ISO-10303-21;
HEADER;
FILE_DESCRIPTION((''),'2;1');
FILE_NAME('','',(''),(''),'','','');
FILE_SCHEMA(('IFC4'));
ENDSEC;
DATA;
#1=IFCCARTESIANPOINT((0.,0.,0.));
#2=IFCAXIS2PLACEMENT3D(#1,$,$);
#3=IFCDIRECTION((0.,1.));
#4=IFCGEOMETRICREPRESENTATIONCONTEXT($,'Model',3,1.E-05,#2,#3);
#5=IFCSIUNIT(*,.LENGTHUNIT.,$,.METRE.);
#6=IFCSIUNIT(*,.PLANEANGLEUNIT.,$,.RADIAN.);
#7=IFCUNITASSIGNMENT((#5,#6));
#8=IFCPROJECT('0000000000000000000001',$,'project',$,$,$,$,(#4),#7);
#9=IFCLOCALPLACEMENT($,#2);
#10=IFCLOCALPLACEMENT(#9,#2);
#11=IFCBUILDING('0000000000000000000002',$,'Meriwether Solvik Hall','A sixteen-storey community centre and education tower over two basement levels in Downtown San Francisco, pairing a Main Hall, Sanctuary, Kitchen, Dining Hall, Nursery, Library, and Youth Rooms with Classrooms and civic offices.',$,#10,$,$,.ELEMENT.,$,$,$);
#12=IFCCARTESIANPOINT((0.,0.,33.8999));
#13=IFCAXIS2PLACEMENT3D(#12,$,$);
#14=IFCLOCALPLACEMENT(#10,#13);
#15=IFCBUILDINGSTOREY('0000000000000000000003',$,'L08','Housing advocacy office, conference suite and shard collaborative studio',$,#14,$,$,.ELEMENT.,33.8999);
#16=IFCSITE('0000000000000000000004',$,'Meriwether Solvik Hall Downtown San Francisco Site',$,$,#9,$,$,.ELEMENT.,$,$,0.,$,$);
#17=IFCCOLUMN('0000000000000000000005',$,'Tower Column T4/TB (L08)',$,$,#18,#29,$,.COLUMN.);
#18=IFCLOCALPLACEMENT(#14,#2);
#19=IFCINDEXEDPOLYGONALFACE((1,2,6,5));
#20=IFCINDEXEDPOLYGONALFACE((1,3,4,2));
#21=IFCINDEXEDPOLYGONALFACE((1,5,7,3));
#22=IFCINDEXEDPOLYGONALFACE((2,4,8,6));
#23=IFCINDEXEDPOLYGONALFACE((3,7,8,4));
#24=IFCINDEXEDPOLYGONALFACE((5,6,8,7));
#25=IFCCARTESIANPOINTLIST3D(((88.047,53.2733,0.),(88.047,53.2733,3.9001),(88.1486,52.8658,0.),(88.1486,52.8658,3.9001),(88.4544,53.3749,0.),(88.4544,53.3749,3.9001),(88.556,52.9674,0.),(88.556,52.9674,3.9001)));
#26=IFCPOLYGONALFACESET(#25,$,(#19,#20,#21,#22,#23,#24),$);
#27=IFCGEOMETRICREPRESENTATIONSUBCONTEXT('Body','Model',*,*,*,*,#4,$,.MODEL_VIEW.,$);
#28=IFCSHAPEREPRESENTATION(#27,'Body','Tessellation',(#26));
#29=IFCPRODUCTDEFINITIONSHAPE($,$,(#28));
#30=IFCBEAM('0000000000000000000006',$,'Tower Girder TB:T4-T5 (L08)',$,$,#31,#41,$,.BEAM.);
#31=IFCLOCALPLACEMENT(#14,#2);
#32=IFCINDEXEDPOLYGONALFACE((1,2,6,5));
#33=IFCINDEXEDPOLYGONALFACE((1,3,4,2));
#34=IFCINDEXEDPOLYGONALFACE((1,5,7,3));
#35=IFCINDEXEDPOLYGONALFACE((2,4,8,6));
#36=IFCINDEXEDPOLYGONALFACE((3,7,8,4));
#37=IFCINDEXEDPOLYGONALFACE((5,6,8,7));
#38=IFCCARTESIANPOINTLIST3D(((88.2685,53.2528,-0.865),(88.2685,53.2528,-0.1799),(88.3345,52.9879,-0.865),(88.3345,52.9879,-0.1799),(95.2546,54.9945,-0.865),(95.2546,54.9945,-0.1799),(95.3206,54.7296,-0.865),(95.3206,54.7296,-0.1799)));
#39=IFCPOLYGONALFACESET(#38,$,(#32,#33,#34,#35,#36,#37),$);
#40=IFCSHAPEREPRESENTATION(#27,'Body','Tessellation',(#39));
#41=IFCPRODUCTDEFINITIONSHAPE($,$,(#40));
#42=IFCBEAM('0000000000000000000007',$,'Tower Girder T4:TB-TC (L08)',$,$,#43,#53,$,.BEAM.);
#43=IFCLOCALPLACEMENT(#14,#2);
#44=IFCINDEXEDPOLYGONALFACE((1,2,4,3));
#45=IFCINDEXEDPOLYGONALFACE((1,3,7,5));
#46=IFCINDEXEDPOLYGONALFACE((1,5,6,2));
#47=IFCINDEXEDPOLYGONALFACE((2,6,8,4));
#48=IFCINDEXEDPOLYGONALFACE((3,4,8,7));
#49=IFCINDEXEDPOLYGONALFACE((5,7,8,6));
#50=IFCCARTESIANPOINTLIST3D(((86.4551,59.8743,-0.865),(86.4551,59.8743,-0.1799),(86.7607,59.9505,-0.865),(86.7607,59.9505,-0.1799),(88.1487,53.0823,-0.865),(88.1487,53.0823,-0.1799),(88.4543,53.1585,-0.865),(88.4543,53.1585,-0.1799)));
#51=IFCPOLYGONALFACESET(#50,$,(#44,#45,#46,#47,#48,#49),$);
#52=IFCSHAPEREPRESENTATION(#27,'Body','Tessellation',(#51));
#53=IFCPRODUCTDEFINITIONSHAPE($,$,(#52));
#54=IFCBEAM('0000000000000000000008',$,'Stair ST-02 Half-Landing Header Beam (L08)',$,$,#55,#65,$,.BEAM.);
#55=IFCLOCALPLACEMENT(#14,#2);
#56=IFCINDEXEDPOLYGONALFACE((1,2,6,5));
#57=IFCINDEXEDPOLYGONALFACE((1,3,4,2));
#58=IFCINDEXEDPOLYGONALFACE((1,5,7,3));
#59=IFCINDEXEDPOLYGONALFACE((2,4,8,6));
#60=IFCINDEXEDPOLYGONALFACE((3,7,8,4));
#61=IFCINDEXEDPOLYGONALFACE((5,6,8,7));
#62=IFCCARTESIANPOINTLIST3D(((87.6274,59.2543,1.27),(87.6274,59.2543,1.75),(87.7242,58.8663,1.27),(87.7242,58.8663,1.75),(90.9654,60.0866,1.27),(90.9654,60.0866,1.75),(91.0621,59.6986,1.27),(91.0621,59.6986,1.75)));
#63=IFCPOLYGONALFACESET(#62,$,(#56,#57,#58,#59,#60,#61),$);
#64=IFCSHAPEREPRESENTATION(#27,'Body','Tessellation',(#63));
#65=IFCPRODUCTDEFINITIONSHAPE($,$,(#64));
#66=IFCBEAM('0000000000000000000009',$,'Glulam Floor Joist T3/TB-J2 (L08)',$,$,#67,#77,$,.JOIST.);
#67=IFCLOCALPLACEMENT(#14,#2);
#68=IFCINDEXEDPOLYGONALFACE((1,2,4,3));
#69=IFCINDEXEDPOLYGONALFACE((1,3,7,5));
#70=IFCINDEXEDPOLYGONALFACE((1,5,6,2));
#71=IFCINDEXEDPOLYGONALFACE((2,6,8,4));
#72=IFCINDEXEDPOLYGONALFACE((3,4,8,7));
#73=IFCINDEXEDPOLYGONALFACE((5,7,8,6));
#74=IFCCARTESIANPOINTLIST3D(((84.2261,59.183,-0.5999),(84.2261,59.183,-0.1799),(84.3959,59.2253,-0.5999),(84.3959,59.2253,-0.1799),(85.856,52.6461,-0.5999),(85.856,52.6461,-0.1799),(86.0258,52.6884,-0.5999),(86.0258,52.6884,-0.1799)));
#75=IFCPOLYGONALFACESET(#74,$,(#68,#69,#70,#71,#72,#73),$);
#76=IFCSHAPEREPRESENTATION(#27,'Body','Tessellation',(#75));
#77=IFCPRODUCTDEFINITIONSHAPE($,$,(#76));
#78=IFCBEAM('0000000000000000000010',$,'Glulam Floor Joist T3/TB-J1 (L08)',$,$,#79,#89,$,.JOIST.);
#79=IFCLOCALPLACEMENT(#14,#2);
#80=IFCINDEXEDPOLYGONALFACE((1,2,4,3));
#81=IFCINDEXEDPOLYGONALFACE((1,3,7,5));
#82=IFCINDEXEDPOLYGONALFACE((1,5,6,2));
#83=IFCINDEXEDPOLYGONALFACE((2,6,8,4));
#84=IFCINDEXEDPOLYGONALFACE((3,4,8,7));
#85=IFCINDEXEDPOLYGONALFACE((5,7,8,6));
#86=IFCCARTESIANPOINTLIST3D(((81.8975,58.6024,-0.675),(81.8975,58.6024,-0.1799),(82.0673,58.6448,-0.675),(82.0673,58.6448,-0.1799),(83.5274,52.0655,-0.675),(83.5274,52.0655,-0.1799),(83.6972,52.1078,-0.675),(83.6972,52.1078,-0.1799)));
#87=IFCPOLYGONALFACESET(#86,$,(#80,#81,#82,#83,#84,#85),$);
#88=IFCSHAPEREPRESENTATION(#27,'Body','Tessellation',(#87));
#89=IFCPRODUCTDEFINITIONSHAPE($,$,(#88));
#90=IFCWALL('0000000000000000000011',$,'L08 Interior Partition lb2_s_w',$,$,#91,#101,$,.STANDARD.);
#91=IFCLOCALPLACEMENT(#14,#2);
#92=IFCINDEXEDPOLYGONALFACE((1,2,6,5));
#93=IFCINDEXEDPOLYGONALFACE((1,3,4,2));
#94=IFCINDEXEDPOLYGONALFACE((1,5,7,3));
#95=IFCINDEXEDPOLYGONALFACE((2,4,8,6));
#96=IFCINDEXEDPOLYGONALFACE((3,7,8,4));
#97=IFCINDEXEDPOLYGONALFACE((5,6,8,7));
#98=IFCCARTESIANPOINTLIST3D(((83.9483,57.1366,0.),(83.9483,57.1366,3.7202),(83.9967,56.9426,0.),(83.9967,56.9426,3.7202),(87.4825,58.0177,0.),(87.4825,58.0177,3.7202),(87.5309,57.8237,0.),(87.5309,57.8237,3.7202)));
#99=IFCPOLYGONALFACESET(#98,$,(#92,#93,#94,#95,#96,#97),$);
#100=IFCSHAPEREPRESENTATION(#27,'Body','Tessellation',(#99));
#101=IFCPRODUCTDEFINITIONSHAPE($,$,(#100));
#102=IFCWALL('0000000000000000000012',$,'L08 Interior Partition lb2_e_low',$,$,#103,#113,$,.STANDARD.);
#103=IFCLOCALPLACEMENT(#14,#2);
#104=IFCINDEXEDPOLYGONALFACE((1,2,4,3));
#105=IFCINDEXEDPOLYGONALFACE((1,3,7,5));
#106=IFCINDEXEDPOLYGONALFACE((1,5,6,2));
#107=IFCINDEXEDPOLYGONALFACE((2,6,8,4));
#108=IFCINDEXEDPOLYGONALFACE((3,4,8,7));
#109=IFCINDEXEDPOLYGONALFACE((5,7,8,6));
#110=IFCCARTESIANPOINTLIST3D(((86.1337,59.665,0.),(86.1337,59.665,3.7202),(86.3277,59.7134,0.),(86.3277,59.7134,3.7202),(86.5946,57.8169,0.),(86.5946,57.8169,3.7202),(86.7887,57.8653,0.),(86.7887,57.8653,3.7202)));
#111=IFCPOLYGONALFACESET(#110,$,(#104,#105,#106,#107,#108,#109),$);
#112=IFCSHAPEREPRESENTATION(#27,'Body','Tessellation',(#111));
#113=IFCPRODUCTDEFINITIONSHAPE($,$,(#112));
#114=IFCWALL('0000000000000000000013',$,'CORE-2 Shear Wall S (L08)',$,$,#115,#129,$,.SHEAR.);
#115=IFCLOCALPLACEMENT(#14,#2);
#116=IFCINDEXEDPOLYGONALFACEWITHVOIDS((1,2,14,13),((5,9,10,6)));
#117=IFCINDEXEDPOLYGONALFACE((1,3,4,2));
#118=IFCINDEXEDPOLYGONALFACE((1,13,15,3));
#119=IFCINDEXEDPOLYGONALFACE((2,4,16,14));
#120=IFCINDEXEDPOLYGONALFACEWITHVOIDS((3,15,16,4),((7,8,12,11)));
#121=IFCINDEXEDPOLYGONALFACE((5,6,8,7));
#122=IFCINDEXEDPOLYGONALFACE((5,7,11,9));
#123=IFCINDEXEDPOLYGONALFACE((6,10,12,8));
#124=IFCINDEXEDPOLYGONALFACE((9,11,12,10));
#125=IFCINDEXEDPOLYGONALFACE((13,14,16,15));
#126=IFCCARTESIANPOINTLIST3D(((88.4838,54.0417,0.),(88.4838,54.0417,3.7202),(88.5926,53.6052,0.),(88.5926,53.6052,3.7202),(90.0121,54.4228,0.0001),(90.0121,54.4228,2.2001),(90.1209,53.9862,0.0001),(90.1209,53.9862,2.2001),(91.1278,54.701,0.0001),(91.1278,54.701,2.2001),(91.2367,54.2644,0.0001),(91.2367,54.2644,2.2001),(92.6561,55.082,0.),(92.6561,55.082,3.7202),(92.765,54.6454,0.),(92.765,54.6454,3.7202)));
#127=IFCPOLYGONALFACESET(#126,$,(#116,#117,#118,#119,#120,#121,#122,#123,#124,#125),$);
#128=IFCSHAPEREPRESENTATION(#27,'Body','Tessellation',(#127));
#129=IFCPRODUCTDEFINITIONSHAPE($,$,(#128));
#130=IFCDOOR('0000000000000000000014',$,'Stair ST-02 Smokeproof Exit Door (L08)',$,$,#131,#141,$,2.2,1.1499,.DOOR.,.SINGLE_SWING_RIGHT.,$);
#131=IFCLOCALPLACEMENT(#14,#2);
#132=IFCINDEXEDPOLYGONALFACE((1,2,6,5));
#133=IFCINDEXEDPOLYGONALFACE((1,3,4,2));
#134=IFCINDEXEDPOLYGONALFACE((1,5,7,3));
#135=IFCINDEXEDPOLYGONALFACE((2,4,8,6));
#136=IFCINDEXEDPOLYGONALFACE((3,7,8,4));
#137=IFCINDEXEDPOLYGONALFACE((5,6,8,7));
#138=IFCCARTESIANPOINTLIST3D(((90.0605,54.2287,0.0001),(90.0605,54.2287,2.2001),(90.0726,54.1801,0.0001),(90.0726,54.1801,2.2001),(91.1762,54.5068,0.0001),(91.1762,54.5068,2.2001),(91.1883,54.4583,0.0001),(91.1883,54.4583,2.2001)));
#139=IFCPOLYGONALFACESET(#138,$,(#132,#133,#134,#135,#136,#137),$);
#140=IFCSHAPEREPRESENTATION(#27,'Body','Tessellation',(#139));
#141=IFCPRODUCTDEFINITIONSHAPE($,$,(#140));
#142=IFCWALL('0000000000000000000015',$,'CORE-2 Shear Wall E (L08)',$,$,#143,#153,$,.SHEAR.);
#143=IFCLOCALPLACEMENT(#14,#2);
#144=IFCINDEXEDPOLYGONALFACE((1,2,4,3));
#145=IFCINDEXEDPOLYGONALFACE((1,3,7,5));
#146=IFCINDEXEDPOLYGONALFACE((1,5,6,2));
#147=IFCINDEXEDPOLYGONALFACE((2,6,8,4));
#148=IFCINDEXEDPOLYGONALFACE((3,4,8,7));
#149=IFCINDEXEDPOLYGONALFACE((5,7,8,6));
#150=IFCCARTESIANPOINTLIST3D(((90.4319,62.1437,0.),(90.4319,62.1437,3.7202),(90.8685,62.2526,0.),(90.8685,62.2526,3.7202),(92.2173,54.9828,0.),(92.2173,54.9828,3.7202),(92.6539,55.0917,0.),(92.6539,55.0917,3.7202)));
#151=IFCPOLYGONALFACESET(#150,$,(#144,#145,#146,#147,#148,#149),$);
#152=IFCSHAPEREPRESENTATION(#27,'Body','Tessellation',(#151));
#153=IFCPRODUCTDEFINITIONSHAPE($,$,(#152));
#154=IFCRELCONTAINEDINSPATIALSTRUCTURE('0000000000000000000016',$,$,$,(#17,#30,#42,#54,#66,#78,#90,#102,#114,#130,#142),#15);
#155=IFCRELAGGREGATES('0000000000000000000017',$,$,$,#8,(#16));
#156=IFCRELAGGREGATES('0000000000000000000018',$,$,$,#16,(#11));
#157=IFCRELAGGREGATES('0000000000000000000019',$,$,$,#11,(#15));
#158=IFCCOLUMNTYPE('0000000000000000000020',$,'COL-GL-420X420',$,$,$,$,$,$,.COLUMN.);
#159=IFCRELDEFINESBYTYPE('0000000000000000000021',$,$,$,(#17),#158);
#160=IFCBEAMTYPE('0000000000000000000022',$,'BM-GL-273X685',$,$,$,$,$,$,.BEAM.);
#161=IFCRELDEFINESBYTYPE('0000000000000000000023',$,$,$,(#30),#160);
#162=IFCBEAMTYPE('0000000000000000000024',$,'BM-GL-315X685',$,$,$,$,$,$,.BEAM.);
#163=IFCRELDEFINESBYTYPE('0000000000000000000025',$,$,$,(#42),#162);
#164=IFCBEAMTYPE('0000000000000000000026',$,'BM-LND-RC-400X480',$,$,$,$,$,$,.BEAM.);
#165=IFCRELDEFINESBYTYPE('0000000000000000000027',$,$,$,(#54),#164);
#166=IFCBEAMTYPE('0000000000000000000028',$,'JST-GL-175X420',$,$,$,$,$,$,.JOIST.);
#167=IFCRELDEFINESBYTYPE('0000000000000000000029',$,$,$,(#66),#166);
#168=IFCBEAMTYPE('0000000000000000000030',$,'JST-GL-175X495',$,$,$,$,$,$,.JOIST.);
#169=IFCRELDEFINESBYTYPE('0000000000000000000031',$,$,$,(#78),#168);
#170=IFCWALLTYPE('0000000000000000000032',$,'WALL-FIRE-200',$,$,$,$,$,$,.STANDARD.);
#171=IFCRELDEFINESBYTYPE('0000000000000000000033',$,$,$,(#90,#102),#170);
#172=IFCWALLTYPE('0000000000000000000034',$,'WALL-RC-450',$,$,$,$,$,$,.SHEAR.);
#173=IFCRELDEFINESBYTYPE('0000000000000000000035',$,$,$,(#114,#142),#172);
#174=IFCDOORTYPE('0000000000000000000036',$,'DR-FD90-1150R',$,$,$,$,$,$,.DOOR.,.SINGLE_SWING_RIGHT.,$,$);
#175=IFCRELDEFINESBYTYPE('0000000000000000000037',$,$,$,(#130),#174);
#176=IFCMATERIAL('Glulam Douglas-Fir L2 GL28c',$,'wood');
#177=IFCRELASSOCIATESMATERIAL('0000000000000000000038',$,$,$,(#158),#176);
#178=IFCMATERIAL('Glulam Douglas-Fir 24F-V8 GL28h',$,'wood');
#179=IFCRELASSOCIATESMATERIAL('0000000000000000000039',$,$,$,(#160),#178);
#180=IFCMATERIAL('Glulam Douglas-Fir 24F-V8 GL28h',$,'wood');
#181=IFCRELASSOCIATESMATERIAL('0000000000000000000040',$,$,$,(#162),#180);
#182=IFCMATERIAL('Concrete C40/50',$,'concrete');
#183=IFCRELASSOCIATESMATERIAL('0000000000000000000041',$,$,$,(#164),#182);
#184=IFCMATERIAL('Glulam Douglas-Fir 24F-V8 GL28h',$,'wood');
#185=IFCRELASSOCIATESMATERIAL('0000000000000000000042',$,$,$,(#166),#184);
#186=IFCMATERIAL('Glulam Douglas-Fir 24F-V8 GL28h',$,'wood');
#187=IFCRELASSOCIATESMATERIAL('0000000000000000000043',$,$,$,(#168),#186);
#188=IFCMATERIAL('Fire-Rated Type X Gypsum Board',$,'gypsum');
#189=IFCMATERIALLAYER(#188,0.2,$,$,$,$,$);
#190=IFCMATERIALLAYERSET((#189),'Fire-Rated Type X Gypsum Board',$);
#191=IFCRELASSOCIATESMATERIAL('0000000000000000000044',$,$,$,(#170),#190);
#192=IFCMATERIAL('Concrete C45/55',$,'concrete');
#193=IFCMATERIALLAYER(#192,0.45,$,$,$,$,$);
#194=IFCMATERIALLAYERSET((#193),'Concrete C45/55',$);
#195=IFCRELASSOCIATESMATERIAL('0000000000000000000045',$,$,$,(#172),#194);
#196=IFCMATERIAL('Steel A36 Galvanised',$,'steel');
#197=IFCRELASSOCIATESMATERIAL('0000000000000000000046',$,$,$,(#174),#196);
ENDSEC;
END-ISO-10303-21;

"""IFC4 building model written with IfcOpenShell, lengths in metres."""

from ifc_helpers import new_model, si_unit, direction, frame, frame_2d, origin, origin_2d, place, context, subcontext, project, spatial, rectangle, extrude, material, layer, layer_set, material_profile, profile_set, type_object, element, fill, save


model = new_model("IFC4")

# Units and contexts
model_context = context("Model", 3, precision=1e-05, world=origin(), true_north=direction((0.0, 1.0)))
body_context = subcontext(model_context, "Body", "Model", "MODEL_VIEW")
ifc_project = project(units=[si_unit("LENGTHUNIT", "METRE"), si_unit("PLANEANGLEUNIT", "RADIAN")], contexts=[model_context])

# Site, building, storey
site_placement = place(None, origin())
site = spatial("IfcSite", under=ifc_project, at=site_placement, Name="Meriwether Solvik Hall Downtown San Francisco Site", CompositionType="ELEMENT", RefElevation=0.0)
building_placement = place(site_placement, origin())
building = spatial("IfcBuilding", under=site, at=building_placement, Name="Meriwether Solvik Hall", Description="A sixteen-storey community centre and education tower over two basement levels in Downtown San Francisco, pairing a Main Hall, Sanctuary, Kitchen, Dining Hall, Nursery, Library, and Youth Rooms with Classrooms and civic offices.", CompositionType="ELEMENT")
storey_placement = place(building_placement, frame((0.0, 0.0, 33.8999)))
storey = spatial("IfcBuildingStorey", under=building, at=storey_placement, Name="L08", Description="Housing advocacy office, conference suite and shard collaborative studio", CompositionType="ELEMENT", Elevation=33.8999)

# Column
ifc_material_1 = material(Name="Glulam Douglas-Fir L2 GL28c", Category="wood")
ifc_material_profile_1 = material_profile(ifc_material_1, rectangle(XDim=0.4199, YDim=0.4199, at=origin_2d()), Name="GLC-420X420")
ifc_profile_set_1 = profile_set([ifc_material_profile_1], Name="Glulam Douglas-Fir L2 GL28c")
column_type = type_object("IfcColumnType", Name="COL-GL-420X420", PredefinedType="COLUMN", material=ifc_profile_set_1)
column_placement = place(storey_placement, frame((88.3015, 53.1204, 0.0), z_axis=(0.0, 0.0, 1.0), x_axis=(0.970296, 0.241922, 0.0)))
element("IfcColumn", 1, at=column_placement, inside=storey, type_object=column_type, Name="Tower Column T4/TB (L08)", PredefinedType="COLUMN", context=body_context, shape_type="SweptSolid", body=[
    extrude(rectangle(XDim=0.4199, YDim=0.4199, at=origin_2d()), origin(), (0.0, 0.0, 1.0), 3.9001),
])

# Beams
ifc_material_2 = material(Name="Glulam Douglas-Fir 24F-V8 GL28h", Category="wood")
ifc_material_profile_2 = material_profile(ifc_material_2, rectangle(XDim=0.2729, YDim=0.6851, at=origin_2d()), Name="GLB-273X685")
ifc_profile_set_2 = profile_set([ifc_material_profile_2], Name="Glulam Douglas-Fir 24F-V8 GL28h")
beam_type_1 = type_object("IfcBeamType", Name="BM-GL-273X685", PredefinedType="BEAM", material=ifc_profile_set_2)
beam_1_placement = place(storey_placement, frame((88.3015, 53.1204, -0.5225), z_axis=(0.9703, 0.241905, 0.0), x_axis=(-0.241905, 0.9703, 0.0)))
element("IfcBeam", 2, at=beam_1_placement, inside=storey, type_object=beam_type_1, Name="Tower Girder TB:T4-T5 (L08)", PredefinedType="BEAM", context=body_context, shape_type="SweptSolid", body=[
    extrude(rectangle(XDim=0.2729, YDim=0.6851, at=origin_2d()), origin(), (0.0, 0.0, 1.0), 7.2),
])
ifc_material_3 = material(Name="Glulam Douglas-Fir 24F-V8 GL28h", Category="wood")
ifc_material_profile_3 = material_profile(ifc_material_3, rectangle(XDim=0.3149, YDim=0.6851, at=origin_2d()), Name="GLB-315X685")
ifc_profile_set_3 = profile_set([ifc_material_profile_3], Name="Glulam Douglas-Fir 24F-V8 GL28h")
beam_type_2 = type_object("IfcBeamType", Name="BM-GL-315X685", PredefinedType="BEAM", material=ifc_profile_set_3)
beam_2_placement = place(storey_placement, frame((88.3015, 53.1204, -0.5225), z_axis=(-0.241945, 0.97029, 0.0), x_axis=(-0.97029, -0.241945, 0.0)))
element("IfcBeam", 3, at=beam_2_placement, inside=storey, type_object=beam_type_2, Name="Tower Girder T4:TB-TC (L08)", PredefinedType="BEAM", context=body_context, shape_type="SweptSolid", body=[
    extrude(rectangle(XDim=0.3149, YDim=0.6851, at=origin_2d()), origin(), (0.0, 0.0, 1.0), 7.0),
])
ifc_material_4 = material(Name="Concrete C40/50", Category="concrete")
ifc_material_profile_4 = material_profile(ifc_material_4, rectangle(XDim=0.3999, YDim=0.48, at=origin_2d()), Name="RCB-400X480")
ifc_profile_set_4 = profile_set([ifc_material_profile_4], Name="Concrete C40/50")
beam_type_3 = type_object("IfcBeamType", Name="BM-LND-RC-400X480", PredefinedType="BEAM", material=ifc_profile_set_4)
beam_3_placement = place(storey_placement, frame((87.6758, 59.0603, 1.51), z_axis=(0.970293, 0.241934, 0.0), x_axis=(-0.241934, 0.970293, 0.0)))
element("IfcBeam", 4, at=beam_3_placement, inside=storey, type_object=beam_type_3, Name="Stair ST-02 Half-Landing Header Beam (L08)", PredefinedType="BEAM", context=body_context, shape_type="SweptSolid", body=[
    extrude(rectangle(XDim=0.3999, YDim=0.48, at=origin_2d()), origin(), (0.0, 0.0, 1.0), 3.4402),
])
ifc_material_5 = material(Name="Glulam Douglas-Fir 24F-V8 GL28h", Category="wood")
ifc_material_profile_5 = material_profile(ifc_material_5, rectangle(XDim=0.175, YDim=0.4199, at=origin_2d()), Name="GLJ-175X420")
ifc_profile_set_5 = profile_set([ifc_material_profile_5], Name="Glulam Douglas-Fir 24F-V8 GL28h")
beam_type_4 = type_object("IfcBeamType", Name="JST-GL-175X420", PredefinedType="JOIST", material=ifc_profile_set_5)
beam_4_placement = place(storey_placement, frame((85.9409, 52.6672, -0.3899), z_axis=(-0.24193, 0.970294, 0.0), x_axis=(-0.970294, -0.24193, 0.0)))
element("IfcBeam", 5, at=beam_4_placement, inside=storey, type_object=beam_type_4, Name="Glulam Floor Joist T3/TB-J2 (L08)", PredefinedType="JOIST", context=body_context, shape_type="SweptSolid", body=[
    extrude(rectangle(XDim=0.175, YDim=0.4199, at=origin_2d()), origin(), (0.0, 0.0, 1.0), 6.7371),
])
ifc_material_6 = material(Name="Glulam Douglas-Fir 24F-V8 GL28h", Category="wood")
ifc_material_profile_6 = material_profile(ifc_material_6, rectangle(XDim=0.175, YDim=0.4951, at=origin_2d()), Name="GLJ-175X495")
ifc_profile_set_6 = profile_set([ifc_material_profile_6], Name="Glulam Douglas-Fir 24F-V8 GL28h")
beam_type_5 = type_object("IfcBeamType", Name="JST-GL-175X495", PredefinedType="JOIST", material=ifc_profile_set_6)
beam_5_placement = place(storey_placement, frame((83.6123, 52.0867, -0.4275), z_axis=(-0.24193, 0.970294, 0.0), x_axis=(-0.970294, -0.24193, 0.0)))
element("IfcBeam", 6, at=beam_5_placement, inside=storey, type_object=beam_type_5, Name="Glulam Floor Joist T3/TB-J1 (L08)", PredefinedType="JOIST", context=body_context, shape_type="SweptSolid", body=[
    extrude(rectangle(XDim=0.175, YDim=0.4951, at=origin_2d()), origin(), (0.0, 0.0, 1.0), 6.7371),
])

# Walls
ifc_material_7 = material(Name="Fire-Rated Type X Gypsum Board", Category="gypsum")
ifc_layer_1 = layer(ifc_material_7, 0.2)
ifc_layer_set_1 = layer_set([ifc_layer_1], Name="Fire-Rated Type X Gypsum Board")
wall_type_1 = type_object("IfcWallType", Name="WALL-FIRE-200", PredefinedType="STANDARD", material=ifc_layer_set_1)
wall_1_placement = place(storey_placement, frame((83.9724, 57.0396, 0.0), z_axis=(0.0, 0.0, 1.0), x_axis=(0.9703, 0.241905, 0.0)))
element("IfcWall", 7, at=wall_1_placement, inside=storey, type_object=wall_type_1, Name="L08 Interior Partition lb2_s_w", PredefinedType="STANDARD", context=body_context, shape_type="SweptSolid", body=[
    extrude(rectangle(XDim=3.6423, YDim=0.2, at=frame_2d((1.8213, 0.0))), origin(), (0.0, 0.0, 1.0), 3.7202),
])
wall_2_placement = place(storey_placement, frame((86.6917, 57.8411, 0.0), z_axis=(0.0, 0.0, 1.0), x_axis=(-0.241993, 0.970278, 0.0)))
element("IfcWall", 8, at=wall_2_placement, inside=storey, type_object=wall_type_1, Name="L08 Interior Partition lb2_e_low", PredefinedType="STANDARD", context=body_context, shape_type="SweptSolid", body=[
    extrude(rectangle(XDim=1.9048, YDim=0.2, at=frame_2d((0.9524, 0.0))), origin(), (0.0, 0.0, 1.0), 3.7202),
])

# Wall, opening, door
ifc_material_8 = material(Name="Concrete C45/55", Category="concrete")
ifc_layer_2 = layer(ifc_material_8, 0.45)
ifc_layer_set_2 = layer_set([ifc_layer_2], Name="Concrete C45/55")
wall_type_2 = type_object("IfcWallType", Name="WALL-RC-450", PredefinedType="SHEAR", material=ifc_layer_set_2)
wall_3_placement = place(storey_placement, frame((88.5383, 53.8235, 0.0), z_axis=(0.0, 0.0, 1.0), x_axis=(0.970296, 0.241921, 0.0)))
wall_3 = element("IfcWall", 9, at=wall_3_placement, inside=storey, type_object=wall_type_2, Name="CORE-2 Shear Wall S (L08)", PredefinedType="SHEAR", context=body_context, shape_type="SweptSolid", body=[
    extrude(rectangle(XDim=4.3, YDim=0.45, at=frame_2d((2.1499, 0.0))), origin(), (0.0, 0.0, 1.0), 3.7202),
])
opening_1_placement = place(wall_3_placement, frame((1.575, 0.0, 0.0)))
opening_1 = element("IfcOpeningElement", 10, at=opening_1_placement, cuts=wall_3, PredefinedType="OPENING", context=body_context, shape_type="SweptSolid", body=[
    extrude(rectangle(XDim=1.1499, YDim=2.2, at=frame_2d((0.575, 1.1001))), frame((0.0, 0.2368, 0.0), z_axis=(0.0, -1.0, 0.0), x_axis=(1.0, 0.0, 0.0)), (0.0, 0.0, 1.0), 0.4739),
])
ifc_material_9 = material(Name="Steel A36 Galvanised", Category="steel")
door_type_1 = type_object("IfcDoorType", Name="DR-FD90-1150R", OperationType="SINGLE_SWING_RIGHT", PredefinedType="DOOR", material=ifc_material_9)
door_1_placement = place(opening_1_placement, origin())
door_1 = element("IfcDoor", 11, at=door_1_placement, inside=storey, type_object=door_type_1, Name="Stair ST-02 Smokeproof Exit Door (L08)", OperationType="SINGLE_SWING_RIGHT", OverallHeight=2.2, OverallWidth=1.1499, PredefinedType="DOOR", context=body_context, shape_type="SweptSolid", body=[
    extrude(rectangle(XDim=1.1499, YDim=2.2, at=frame_2d((0.575, 1.1001))), frame((0.0, 0.0249, 0.0), z_axis=(0.0, -1.0, 0.0), x_axis=(1.0, 0.0, 0.0)), (0.0, 0.0, 1.0), 0.05),
])
fill(opening_1, door_1)

# Wall
wall_4_placement = place(storey_placement, frame((92.4355, 55.0374, 0.0), z_axis=(0.0, 0.0, 1.0), x_axis=(-0.241921, 0.970296, 0.0)))
element("IfcWall", 12, at=wall_4_placement, inside=storey, type_object=wall_type_2, Name="CORE-2 Shear Wall E (L08)", PredefinedType="SHEAR", context=body_context, shape_type="SweptSolid", body=[
    extrude(rectangle(XDim=7.3801, YDim=0.45, at=frame_2d((3.6899, 0.0))), origin(), (0.0, 0.0, 1.0), 3.7202),
])

save(model, "model.ifc")
